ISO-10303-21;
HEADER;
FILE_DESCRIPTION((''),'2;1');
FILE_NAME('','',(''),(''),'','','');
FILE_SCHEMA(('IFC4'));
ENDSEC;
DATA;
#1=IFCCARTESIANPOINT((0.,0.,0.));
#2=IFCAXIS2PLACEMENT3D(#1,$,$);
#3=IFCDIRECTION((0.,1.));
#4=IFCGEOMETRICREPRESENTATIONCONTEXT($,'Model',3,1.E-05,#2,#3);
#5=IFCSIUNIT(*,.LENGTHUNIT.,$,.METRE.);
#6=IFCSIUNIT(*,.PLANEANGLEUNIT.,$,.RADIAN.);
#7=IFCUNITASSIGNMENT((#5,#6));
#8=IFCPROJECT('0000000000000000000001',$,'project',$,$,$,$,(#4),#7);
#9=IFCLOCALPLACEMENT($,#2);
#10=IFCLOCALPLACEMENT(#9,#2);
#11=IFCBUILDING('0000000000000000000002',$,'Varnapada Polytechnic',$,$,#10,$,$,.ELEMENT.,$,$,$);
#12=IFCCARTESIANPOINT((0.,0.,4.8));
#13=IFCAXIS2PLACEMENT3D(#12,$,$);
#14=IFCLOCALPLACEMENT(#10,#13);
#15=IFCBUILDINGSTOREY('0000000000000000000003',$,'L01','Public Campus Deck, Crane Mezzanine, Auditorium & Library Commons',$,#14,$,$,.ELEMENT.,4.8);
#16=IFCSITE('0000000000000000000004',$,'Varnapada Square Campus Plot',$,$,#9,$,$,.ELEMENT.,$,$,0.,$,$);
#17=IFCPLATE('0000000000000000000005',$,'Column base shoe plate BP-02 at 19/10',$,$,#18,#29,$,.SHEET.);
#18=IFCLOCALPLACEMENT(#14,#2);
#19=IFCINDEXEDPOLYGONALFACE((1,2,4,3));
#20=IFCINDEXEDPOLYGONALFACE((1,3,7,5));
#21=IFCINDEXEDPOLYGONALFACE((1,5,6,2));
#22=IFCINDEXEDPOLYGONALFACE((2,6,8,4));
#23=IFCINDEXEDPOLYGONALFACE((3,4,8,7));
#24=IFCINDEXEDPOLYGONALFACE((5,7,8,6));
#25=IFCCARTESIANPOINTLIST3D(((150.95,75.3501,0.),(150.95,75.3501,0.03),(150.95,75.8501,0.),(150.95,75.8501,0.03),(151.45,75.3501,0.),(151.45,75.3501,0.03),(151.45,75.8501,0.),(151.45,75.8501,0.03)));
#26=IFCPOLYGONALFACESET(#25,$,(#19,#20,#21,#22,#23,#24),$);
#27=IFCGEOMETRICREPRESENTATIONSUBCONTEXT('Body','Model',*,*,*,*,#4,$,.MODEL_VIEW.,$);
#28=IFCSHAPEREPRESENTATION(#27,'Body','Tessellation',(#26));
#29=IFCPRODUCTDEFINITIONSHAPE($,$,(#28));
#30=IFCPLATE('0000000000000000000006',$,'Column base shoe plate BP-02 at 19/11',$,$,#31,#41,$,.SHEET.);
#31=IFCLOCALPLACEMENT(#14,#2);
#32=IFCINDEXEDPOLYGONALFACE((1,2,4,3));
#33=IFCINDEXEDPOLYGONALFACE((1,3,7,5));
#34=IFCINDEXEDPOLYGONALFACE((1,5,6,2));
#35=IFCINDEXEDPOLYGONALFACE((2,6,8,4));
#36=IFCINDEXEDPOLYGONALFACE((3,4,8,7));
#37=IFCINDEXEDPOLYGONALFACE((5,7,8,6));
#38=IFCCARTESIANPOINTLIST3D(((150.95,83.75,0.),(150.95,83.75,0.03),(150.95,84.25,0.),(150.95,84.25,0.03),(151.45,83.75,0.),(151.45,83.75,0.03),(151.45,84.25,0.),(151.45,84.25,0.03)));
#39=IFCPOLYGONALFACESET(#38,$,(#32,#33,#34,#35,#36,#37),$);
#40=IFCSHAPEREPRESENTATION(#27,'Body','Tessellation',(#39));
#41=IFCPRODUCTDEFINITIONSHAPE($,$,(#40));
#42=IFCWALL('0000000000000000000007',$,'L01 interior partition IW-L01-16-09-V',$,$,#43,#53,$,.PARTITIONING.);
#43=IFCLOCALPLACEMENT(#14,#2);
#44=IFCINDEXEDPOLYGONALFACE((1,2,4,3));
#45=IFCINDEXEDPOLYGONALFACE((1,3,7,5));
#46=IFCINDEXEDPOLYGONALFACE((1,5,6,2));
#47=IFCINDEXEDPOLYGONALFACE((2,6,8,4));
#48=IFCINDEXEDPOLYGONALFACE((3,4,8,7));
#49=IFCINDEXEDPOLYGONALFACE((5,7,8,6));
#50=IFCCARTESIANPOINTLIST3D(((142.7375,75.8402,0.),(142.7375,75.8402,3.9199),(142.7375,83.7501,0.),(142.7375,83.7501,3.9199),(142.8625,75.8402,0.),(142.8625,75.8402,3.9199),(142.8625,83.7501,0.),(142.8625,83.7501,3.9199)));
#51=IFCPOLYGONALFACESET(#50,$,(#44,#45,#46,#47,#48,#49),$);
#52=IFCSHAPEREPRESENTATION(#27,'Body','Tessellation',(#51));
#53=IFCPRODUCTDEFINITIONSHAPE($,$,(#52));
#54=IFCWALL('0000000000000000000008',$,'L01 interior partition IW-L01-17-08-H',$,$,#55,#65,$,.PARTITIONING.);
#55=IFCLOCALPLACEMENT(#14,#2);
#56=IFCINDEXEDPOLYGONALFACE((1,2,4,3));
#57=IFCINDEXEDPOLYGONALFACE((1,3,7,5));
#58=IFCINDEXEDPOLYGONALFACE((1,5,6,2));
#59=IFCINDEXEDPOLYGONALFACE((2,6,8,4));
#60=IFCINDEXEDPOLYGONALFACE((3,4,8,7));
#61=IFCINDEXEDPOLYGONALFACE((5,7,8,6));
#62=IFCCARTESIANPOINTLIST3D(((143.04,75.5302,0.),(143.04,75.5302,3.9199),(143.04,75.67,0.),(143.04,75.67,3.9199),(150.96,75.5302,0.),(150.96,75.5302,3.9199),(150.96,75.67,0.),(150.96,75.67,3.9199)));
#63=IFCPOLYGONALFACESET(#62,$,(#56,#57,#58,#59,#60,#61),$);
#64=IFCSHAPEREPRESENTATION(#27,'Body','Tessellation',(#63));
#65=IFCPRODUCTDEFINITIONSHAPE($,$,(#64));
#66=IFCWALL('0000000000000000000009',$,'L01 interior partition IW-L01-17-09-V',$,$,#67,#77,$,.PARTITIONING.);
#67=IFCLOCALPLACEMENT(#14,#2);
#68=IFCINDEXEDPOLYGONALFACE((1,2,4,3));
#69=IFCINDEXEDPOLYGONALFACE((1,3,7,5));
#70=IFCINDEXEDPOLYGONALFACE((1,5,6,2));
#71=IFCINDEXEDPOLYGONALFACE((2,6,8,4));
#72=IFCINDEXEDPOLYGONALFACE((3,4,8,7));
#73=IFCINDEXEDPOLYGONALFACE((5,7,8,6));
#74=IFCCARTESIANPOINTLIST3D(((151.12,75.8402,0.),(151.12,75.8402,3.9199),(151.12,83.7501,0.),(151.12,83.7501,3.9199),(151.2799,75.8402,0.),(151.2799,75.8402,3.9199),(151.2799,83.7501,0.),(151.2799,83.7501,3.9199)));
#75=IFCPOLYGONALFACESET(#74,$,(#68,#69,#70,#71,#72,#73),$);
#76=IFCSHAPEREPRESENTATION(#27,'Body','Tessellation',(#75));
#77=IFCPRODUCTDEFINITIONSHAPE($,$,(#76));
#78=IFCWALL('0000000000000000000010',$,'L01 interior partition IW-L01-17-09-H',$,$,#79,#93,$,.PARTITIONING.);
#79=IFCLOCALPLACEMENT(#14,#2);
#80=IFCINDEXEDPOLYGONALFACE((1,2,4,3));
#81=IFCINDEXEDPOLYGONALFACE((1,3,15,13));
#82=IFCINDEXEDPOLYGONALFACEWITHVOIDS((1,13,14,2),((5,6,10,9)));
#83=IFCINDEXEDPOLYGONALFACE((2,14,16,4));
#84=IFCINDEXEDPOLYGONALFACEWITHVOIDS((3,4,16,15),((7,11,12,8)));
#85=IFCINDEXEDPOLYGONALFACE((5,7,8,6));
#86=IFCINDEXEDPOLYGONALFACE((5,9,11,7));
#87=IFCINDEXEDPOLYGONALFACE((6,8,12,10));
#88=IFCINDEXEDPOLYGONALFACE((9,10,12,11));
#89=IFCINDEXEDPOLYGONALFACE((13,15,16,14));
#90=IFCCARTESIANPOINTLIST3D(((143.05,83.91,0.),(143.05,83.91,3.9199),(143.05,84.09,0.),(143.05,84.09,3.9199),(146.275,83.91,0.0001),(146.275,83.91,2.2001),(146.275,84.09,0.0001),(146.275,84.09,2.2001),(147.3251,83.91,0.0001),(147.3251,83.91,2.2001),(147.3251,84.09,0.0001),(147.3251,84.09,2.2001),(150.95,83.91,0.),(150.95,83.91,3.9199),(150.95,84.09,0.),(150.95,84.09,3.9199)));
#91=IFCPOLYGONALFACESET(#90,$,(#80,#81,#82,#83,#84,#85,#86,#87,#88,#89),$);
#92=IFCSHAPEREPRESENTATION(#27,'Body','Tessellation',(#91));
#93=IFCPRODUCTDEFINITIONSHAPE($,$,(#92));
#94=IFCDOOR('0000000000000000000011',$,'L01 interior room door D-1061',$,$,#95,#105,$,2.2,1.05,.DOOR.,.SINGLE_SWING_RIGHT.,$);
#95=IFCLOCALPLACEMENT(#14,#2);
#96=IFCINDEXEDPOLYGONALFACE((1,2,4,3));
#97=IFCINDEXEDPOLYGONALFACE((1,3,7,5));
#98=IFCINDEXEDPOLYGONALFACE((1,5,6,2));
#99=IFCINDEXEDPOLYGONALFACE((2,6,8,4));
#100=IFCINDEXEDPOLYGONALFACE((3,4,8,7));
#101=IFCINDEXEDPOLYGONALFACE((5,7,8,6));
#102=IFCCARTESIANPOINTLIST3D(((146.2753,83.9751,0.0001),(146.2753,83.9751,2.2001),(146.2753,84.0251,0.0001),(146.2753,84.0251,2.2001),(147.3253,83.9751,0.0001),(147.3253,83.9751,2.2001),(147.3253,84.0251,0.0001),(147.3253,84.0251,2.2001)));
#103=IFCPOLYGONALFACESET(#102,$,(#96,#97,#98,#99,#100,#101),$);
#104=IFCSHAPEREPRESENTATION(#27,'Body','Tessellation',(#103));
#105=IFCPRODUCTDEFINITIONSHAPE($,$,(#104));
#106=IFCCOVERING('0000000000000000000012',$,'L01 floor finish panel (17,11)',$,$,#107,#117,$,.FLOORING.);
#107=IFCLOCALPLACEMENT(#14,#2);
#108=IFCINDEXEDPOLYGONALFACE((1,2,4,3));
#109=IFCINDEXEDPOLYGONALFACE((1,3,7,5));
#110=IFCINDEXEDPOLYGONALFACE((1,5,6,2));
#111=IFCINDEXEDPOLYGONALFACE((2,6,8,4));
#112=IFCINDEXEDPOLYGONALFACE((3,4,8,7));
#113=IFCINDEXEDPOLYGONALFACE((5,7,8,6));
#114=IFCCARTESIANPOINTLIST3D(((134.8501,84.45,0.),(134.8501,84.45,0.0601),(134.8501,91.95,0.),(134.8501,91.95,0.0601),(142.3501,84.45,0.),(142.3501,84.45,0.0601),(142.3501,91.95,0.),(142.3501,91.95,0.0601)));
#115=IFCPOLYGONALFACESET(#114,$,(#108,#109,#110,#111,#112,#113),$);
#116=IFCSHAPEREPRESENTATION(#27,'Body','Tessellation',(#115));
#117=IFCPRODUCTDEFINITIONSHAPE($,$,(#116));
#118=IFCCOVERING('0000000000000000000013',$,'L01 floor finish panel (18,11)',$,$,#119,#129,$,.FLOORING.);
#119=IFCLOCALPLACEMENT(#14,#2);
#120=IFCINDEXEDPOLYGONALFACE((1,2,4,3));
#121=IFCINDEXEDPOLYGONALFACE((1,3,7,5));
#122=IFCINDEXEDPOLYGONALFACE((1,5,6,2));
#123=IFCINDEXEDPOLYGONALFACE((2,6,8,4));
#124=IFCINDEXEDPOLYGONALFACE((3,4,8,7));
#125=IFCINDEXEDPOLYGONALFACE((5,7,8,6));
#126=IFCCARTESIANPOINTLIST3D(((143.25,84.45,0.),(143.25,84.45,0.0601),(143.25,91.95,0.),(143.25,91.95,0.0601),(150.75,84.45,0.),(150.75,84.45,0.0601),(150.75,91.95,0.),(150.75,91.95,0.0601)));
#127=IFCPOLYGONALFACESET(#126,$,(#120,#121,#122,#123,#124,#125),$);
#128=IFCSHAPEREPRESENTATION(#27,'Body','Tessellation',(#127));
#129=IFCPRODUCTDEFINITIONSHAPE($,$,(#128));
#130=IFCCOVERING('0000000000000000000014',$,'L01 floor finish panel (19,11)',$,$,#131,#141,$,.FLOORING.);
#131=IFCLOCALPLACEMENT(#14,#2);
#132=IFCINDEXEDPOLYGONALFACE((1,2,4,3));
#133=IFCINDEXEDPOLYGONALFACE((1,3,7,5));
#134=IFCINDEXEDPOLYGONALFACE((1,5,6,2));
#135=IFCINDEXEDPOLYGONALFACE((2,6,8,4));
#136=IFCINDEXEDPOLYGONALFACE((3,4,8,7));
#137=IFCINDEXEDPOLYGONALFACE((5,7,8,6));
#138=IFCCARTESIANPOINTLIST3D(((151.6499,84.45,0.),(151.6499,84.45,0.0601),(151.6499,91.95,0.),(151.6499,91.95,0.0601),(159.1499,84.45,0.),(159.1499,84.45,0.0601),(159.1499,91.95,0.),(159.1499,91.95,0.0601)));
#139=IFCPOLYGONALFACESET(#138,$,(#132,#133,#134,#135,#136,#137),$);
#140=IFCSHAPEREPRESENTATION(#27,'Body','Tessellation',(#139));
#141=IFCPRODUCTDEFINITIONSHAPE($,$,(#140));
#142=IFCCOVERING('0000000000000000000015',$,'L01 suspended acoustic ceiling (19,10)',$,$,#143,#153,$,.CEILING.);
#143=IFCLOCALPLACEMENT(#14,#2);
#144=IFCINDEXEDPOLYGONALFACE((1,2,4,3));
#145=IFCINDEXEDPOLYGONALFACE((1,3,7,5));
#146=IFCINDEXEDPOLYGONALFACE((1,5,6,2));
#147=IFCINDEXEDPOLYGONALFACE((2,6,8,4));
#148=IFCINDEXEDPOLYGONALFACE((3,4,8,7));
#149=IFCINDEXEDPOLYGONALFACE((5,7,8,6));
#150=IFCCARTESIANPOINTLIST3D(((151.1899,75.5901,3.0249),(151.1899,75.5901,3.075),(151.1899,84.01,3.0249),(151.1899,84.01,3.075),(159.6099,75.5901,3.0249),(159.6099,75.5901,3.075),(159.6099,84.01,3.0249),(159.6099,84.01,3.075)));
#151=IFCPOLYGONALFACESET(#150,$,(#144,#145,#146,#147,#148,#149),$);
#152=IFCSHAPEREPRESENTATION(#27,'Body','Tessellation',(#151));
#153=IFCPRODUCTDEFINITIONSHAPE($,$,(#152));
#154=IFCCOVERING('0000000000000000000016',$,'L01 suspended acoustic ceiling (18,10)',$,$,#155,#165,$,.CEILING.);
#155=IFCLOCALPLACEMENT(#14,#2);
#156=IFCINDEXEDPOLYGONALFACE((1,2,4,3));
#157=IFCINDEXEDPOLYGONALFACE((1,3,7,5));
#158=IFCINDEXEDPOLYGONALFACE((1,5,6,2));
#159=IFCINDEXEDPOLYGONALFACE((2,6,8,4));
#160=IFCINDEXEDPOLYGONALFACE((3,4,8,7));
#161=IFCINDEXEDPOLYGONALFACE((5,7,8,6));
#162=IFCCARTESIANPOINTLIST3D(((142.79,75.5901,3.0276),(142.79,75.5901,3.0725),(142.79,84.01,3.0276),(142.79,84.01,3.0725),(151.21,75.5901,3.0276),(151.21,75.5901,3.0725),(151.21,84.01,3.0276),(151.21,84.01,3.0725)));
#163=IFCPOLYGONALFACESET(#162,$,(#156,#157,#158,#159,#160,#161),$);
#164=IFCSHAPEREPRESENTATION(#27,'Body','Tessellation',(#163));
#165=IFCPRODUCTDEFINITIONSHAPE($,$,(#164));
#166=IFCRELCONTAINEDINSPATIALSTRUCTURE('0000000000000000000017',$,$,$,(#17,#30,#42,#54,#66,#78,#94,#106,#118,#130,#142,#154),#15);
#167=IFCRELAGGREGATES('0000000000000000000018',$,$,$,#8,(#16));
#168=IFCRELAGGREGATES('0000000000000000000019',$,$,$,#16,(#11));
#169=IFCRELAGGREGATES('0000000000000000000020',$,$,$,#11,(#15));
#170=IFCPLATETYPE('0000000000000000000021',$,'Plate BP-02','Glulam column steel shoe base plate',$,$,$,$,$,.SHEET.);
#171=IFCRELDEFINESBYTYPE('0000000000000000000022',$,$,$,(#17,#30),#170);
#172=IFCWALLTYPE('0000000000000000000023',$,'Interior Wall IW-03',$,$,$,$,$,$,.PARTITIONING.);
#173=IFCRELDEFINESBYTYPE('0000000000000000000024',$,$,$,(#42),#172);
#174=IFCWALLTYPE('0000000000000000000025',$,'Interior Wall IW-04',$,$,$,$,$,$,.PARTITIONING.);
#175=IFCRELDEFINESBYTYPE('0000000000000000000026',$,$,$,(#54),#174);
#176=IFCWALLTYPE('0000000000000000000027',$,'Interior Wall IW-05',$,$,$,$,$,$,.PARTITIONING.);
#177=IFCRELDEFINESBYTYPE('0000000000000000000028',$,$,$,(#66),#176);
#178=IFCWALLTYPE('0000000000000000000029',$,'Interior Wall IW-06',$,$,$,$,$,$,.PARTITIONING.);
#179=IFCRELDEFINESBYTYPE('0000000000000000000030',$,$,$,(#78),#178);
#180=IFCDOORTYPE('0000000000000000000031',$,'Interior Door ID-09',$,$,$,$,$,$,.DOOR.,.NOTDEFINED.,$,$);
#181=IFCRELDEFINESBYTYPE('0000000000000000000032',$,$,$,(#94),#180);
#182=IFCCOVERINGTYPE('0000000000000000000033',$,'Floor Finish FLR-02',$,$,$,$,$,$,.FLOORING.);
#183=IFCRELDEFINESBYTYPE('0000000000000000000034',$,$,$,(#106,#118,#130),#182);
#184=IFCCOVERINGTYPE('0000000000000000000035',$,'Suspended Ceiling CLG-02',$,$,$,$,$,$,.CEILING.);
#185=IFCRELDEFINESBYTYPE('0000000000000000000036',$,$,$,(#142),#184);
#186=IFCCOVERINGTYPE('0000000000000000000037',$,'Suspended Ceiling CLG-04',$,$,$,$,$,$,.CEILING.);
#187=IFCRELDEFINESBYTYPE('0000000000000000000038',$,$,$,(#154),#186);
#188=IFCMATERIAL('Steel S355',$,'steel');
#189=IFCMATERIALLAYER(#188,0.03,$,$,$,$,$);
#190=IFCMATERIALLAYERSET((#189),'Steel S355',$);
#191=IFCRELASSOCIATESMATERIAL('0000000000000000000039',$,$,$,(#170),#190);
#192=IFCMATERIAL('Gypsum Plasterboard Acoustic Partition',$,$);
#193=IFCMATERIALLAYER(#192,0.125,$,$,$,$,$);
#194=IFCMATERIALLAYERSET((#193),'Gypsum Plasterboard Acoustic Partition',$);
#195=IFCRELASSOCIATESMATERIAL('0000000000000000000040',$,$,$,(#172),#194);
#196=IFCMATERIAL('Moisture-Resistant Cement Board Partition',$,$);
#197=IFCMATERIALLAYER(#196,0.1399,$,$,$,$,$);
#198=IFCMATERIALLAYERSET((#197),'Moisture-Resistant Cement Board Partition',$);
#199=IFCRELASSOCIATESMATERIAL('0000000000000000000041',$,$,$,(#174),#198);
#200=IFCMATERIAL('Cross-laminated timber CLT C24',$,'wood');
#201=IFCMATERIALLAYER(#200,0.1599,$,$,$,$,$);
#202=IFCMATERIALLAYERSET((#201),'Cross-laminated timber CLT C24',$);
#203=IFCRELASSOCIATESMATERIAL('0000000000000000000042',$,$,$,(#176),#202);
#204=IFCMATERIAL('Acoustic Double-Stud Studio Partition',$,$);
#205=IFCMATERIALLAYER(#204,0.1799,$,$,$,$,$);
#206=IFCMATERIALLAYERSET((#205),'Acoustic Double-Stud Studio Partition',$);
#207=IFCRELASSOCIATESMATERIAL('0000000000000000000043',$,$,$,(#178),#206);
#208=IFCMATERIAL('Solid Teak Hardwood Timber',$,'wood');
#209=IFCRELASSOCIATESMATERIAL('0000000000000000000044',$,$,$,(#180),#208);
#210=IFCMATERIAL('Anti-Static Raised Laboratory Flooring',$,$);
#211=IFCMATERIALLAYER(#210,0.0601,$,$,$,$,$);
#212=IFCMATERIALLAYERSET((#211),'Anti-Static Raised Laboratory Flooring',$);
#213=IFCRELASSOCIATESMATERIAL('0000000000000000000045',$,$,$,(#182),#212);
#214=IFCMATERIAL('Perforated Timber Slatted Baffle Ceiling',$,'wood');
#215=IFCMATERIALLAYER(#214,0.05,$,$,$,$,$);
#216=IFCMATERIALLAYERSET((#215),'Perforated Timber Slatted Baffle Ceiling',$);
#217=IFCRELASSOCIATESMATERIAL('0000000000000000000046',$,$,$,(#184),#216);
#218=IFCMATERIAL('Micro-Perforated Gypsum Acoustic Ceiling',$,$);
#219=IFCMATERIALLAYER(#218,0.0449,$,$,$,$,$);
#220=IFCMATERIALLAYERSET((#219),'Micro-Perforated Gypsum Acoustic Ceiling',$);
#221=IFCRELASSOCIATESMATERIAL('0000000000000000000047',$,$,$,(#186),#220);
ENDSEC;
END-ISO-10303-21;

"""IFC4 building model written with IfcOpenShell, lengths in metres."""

from ifc_helpers import new_model, si_unit, direction, frame, frame_2d, origin, origin_2d, place, context, subcontext, project, spatial, rectangle, extrude, material, layer, layer_set, type_object, element, fill, save


model = new_model("IFC4")

# Units and contexts
model_context = context("Model", 3, precision=1e-05, world=origin(), true_north=direction((0.0, 1.0)))
body_context = subcontext(model_context, "Body", "Model", "MODEL_VIEW")
ifc_project = project(units=[si_unit("LENGTHUNIT", "METRE"), si_unit("PLANEANGLEUNIT", "RADIAN")], contexts=[model_context])

# Site, building, storey
site_placement = place(None, origin())
site = spatial("IfcSite", under=ifc_project, at=site_placement, Name="Varnapada Square Campus Plot", CompositionType="ELEMENT", RefElevation=0.0)
building_placement = place(site_placement, origin())
building = spatial("IfcBuilding", under=site, at=building_placement, Name="Varnapada Polytechnic", CompositionType="ELEMENT")
storey_placement = place(building_placement, frame((0.0, 0.0, 4.8)))
storey = spatial("IfcBuildingStorey", under=building, at=storey_placement, Name="L01", Description="Public Campus Deck, Crane Mezzanine, Auditorium & Library Commons", CompositionType="ELEMENT", Elevation=4.8)

# Plates
ifc_material_1 = material(Name="Steel S355", Category="steel")
ifc_layer_1 = layer(ifc_material_1, 0.03)
ifc_layer_set_1 = layer_set([ifc_layer_1], Name="Steel S355")
plate_type = type_object("IfcPlateType", Name="Plate BP-02", Description="Glulam column steel shoe base plate", PredefinedType="SHEET", material=ifc_layer_set_1)
for number, where, z_axis, x_axis, name in (
    (1, (151.2, 75.6001, 0.0), (0.0, 0.0, 1.0), (1.0, 0.0, 0.0), "Column base shoe plate BP-02 at 19/10"),
    (2, (151.2, 84.0, 0.0), (0.0, 0.0, 1.0), (1.0, 0.0, 0.0), "Column base shoe plate BP-02 at 19/11"),
):
    element("IfcPlate", number, at=place(storey_placement, frame(where, z_axis=z_axis, x_axis=x_axis)), inside=storey, type_object=plate_type, Name=name, PredefinedType="SHEET", context=body_context, shape_type="SweptSolid", body=[
        extrude(rectangle(XDim=0.5, YDim=0.5, at=origin_2d()), origin(), (0.0, 0.0, 1.0), 0.03),
    ])

# Walls
ifc_material_2 = material(Name="Gypsum Plasterboard Acoustic Partition")
ifc_layer_2 = layer(ifc_material_2, 0.125)
ifc_layer_set_2 = layer_set([ifc_layer_2], Name="Gypsum Plasterboard Acoustic Partition")
wall_type_1 = type_object("IfcWallType", Name="Interior Wall IW-03", PredefinedType="PARTITIONING", material=ifc_layer_set_2)
wall_1_placement = place(storey_placement, frame((142.8, 75.8401, 0.0), z_axis=(0.0, 0.0, 1.0), x_axis=(0.0, 1.0, 0.0)))
element("IfcWall", 3, at=wall_1_placement, inside=storey, type_object=wall_type_1, Name="L01 interior partition IW-L01-16-09-V", PredefinedType="PARTITIONING", context=body_context, shape_type="SweptSolid", body=[
    extrude(rectangle(XDim=7.9099, YDim=0.125, at=frame_2d((3.9551, 0.0))), origin(), (0.0, 0.0, 1.0), 3.9199),
])
ifc_material_3 = material(Name="Moisture-Resistant Cement Board Partition")
ifc_layer_3 = layer(ifc_material_3, 0.1399)
ifc_layer_set_3 = layer_set([ifc_layer_3], Name="Moisture-Resistant Cement Board Partition")
wall_type_2 = type_object("IfcWallType", Name="Interior Wall IW-04", PredefinedType="PARTITIONING", material=ifc_layer_set_3)
wall_2_placement = place(storey_placement, frame((143.04, 75.6001, 0.0), z_axis=(0.0, 0.0, 1.0), x_axis=(1.0, 0.0, 0.0)))
element("IfcWall", 4, at=wall_2_placement, inside=storey, type_object=wall_type_2, Name="L01 interior partition IW-L01-17-08-H", PredefinedType="PARTITIONING", context=body_context, shape_type="SweptSolid", body=[
    extrude(rectangle(XDim=7.9199, YDim=0.1399, at=frame_2d((3.96, 0.0))), origin(), (0.0, 0.0, 1.0), 3.9199),
])
ifc_material_4 = material(Name="Cross-laminated timber CLT C24", Category="wood")
ifc_layer_4 = layer(ifc_material_4, 0.1599)
ifc_layer_set_4 = layer_set([ifc_layer_4], Name="Cross-laminated timber CLT C24")
wall_type_3 = type_object("IfcWallType", Name="Interior Wall IW-05", PredefinedType="PARTITIONING", material=ifc_layer_set_4)
wall_3_placement = place(storey_placement, frame((151.2, 75.8401, 0.0), z_axis=(0.0, 0.0, 1.0), x_axis=(0.0, 1.0, 0.0)))
element("IfcWall", 5, at=wall_3_placement, inside=storey, type_object=wall_type_3, Name="L01 interior partition IW-L01-17-09-V", PredefinedType="PARTITIONING", context=body_context, shape_type="SweptSolid", body=[
    extrude(rectangle(XDim=7.9099, YDim=0.1599, at=frame_2d((3.9551, 0.0))), origin(), (0.0, 0.0, 1.0), 3.9199),
])

# Wall, opening, door
ifc_material_5 = material(Name="Acoustic Double-Stud Studio Partition")
ifc_layer_5 = layer(ifc_material_5, 0.1799)
ifc_layer_set_5 = layer_set([ifc_layer_5], Name="Acoustic Double-Stud Studio Partition")
wall_type_4 = type_object("IfcWallType", Name="Interior Wall IW-06", PredefinedType="PARTITIONING", material=ifc_layer_set_5)
wall_4_placement = place(storey_placement, frame((143.05, 84.0, 0.0), z_axis=(0.0, 0.0, 1.0), x_axis=(1.0, 0.0, 0.0)))
wall_4 = element("IfcWall", 6, at=wall_4_placement, inside=storey, type_object=wall_type_4, Name="L01 interior partition IW-L01-17-09-H", PredefinedType="PARTITIONING", context=body_context, shape_type="SweptSolid", body=[
    extrude(rectangle(XDim=7.8999, YDim=0.1799, at=frame_2d((3.95, 0.0))), origin(), (0.0, 0.0, 1.0), 3.9199),
])
opening_placement = place(wall_4_placement, frame((3.2251, 0.0, 0.0)))
opening = element("IfcOpeningElement", 7, at=opening_placement, cuts=wall_4, PredefinedType="OPENING", context=body_context, shape_type="SweptSolid", body=[
    extrude(rectangle(XDim=1.05, YDim=2.2, at=frame_2d((0.5249, 1.1001))), frame((0.0, 0.0999, 0.0), z_axis=(0.0, -1.0, 0.0), x_axis=(1.0, 0.0, 0.0)), (0.0, 0.0, 1.0), 0.2),
])
ifc_material_6 = material(Name="Solid Teak Hardwood Timber", Category="wood")
door_type = type_object("IfcDoorType", Name="Interior Door ID-09", OperationType="NOTDEFINED", PredefinedType="DOOR", material=ifc_material_6)
door_placement = place(opening_placement, frame((1.05, 0.0, 0.0), z_axis=(0.0, 0.0, 1.0), x_axis=(-1.0, 0.0, 0.0)))
door = element("IfcDoor", 8, at=door_placement, inside=storey, type_object=door_type, Name="L01 interior room door D-1061", OperationType="SINGLE_SWING_RIGHT", OverallHeight=2.2, OverallWidth=1.05, PredefinedType="DOOR", context=body_context, shape_type="SweptSolid", body=[
    extrude(rectangle(XDim=1.05, YDim=2.2, at=frame_2d((0.5249, 1.1001))), frame((0.0, 0.0249, 0.0), z_axis=(0.0, -1.0, 0.0), x_axis=(1.0, 0.0, 0.0)), (0.0, 0.0, 1.0), 0.05),
])
fill(opening, door)

# Coverings
ifc_material_7 = material(Name="Anti-Static Raised Laboratory Flooring")
ifc_layer_6 = layer(ifc_material_7, 0.0601)
ifc_layer_set_6 = layer_set([ifc_layer_6], Name="Anti-Static Raised Laboratory Flooring")
covering_type_1 = type_object("IfcCoveringType", Name="Floor Finish FLR-02", PredefinedType="FLOORING", material=ifc_layer_set_6)
for number, where, z_axis, x_axis, name in (
    (9, (138.6001, 88.2, 0.0), (0.0, 0.0, 1.0), (1.0, 0.0, 0.0), "L01 floor finish panel (17,11)"),
    (10, (147.0, 88.2, 0.0), (0.0, 0.0, 1.0), (1.0, 0.0, 0.0), "L01 floor finish panel (18,11)"),
    (11, (155.3999, 88.2, 0.0), (0.0, 0.0, 1.0), (1.0, 0.0, 0.0), "L01 floor finish panel (19,11)"),
):
    element("IfcCovering", number, at=place(storey_placement, frame(where, z_axis=z_axis, x_axis=x_axis)), inside=storey, type_object=covering_type_1, Name=name, PredefinedType="FLOORING", context=body_context, shape_type="SweptSolid", body=[
        extrude(rectangle(XDim=7.5, YDim=7.5, at=origin_2d()), origin(), (0.0, 0.0, 1.0), 0.0601),
    ])
ifc_material_8 = material(Name="Perforated Timber Slatted Baffle Ceiling", Category="wood")
ifc_layer_7 = layer(ifc_material_8, 0.05)
ifc_layer_set_7 = layer_set([ifc_layer_7], Name="Perforated Timber Slatted Baffle Ceiling")
covering_type_2 = type_object("IfcCoveringType", Name="Suspended Ceiling CLG-02", PredefinedType="CEILING", material=ifc_layer_set_7)
covering_1_placement = place(storey_placement, frame((155.3999, 79.8, 3.0249), z_axis=(0.0, 0.0, 1.0), x_axis=(1.0, 0.0, 0.0)))
element("IfcCovering", 12, at=covering_1_placement, inside=storey, type_object=covering_type_2, Name="L01 suspended acoustic ceiling (19,10)", PredefinedType="CEILING", context=body_context, shape_type="SweptSolid", body=[
    extrude(rectangle(XDim=8.4199, YDim=8.4199, at=origin_2d()), origin(), (0.0, 0.0, 1.0), 0.05),
])
ifc_material_9 = material(Name="Micro-Perforated Gypsum Acoustic Ceiling")
ifc_layer_8 = layer(ifc_material_9, 0.0449)
ifc_layer_set_8 = layer_set([ifc_layer_8], Name="Micro-Perforated Gypsum Acoustic Ceiling")
covering_type_3 = type_object("IfcCoveringType", Name="Suspended Ceiling CLG-04", PredefinedType="CEILING", material=ifc_layer_set_8)
covering_2_placement = place(storey_placement, frame((147.0, 79.8, 3.0276), z_axis=(0.0, 0.0, 1.0), x_axis=(1.0, 0.0, 0.0)))
element("IfcCovering", 13, at=covering_2_placement, inside=storey, type_object=covering_type_3, Name="L01 suspended acoustic ceiling (18,10)", PredefinedType="CEILING", context=body_context, shape_type="SweptSolid", body=[
    extrude(rectangle(XDim=8.4199, YDim=8.4199, at=origin_2d()), origin(), (0.0, 0.0, 1.0), 0.0449),
])

save(model, "model.ifc")
